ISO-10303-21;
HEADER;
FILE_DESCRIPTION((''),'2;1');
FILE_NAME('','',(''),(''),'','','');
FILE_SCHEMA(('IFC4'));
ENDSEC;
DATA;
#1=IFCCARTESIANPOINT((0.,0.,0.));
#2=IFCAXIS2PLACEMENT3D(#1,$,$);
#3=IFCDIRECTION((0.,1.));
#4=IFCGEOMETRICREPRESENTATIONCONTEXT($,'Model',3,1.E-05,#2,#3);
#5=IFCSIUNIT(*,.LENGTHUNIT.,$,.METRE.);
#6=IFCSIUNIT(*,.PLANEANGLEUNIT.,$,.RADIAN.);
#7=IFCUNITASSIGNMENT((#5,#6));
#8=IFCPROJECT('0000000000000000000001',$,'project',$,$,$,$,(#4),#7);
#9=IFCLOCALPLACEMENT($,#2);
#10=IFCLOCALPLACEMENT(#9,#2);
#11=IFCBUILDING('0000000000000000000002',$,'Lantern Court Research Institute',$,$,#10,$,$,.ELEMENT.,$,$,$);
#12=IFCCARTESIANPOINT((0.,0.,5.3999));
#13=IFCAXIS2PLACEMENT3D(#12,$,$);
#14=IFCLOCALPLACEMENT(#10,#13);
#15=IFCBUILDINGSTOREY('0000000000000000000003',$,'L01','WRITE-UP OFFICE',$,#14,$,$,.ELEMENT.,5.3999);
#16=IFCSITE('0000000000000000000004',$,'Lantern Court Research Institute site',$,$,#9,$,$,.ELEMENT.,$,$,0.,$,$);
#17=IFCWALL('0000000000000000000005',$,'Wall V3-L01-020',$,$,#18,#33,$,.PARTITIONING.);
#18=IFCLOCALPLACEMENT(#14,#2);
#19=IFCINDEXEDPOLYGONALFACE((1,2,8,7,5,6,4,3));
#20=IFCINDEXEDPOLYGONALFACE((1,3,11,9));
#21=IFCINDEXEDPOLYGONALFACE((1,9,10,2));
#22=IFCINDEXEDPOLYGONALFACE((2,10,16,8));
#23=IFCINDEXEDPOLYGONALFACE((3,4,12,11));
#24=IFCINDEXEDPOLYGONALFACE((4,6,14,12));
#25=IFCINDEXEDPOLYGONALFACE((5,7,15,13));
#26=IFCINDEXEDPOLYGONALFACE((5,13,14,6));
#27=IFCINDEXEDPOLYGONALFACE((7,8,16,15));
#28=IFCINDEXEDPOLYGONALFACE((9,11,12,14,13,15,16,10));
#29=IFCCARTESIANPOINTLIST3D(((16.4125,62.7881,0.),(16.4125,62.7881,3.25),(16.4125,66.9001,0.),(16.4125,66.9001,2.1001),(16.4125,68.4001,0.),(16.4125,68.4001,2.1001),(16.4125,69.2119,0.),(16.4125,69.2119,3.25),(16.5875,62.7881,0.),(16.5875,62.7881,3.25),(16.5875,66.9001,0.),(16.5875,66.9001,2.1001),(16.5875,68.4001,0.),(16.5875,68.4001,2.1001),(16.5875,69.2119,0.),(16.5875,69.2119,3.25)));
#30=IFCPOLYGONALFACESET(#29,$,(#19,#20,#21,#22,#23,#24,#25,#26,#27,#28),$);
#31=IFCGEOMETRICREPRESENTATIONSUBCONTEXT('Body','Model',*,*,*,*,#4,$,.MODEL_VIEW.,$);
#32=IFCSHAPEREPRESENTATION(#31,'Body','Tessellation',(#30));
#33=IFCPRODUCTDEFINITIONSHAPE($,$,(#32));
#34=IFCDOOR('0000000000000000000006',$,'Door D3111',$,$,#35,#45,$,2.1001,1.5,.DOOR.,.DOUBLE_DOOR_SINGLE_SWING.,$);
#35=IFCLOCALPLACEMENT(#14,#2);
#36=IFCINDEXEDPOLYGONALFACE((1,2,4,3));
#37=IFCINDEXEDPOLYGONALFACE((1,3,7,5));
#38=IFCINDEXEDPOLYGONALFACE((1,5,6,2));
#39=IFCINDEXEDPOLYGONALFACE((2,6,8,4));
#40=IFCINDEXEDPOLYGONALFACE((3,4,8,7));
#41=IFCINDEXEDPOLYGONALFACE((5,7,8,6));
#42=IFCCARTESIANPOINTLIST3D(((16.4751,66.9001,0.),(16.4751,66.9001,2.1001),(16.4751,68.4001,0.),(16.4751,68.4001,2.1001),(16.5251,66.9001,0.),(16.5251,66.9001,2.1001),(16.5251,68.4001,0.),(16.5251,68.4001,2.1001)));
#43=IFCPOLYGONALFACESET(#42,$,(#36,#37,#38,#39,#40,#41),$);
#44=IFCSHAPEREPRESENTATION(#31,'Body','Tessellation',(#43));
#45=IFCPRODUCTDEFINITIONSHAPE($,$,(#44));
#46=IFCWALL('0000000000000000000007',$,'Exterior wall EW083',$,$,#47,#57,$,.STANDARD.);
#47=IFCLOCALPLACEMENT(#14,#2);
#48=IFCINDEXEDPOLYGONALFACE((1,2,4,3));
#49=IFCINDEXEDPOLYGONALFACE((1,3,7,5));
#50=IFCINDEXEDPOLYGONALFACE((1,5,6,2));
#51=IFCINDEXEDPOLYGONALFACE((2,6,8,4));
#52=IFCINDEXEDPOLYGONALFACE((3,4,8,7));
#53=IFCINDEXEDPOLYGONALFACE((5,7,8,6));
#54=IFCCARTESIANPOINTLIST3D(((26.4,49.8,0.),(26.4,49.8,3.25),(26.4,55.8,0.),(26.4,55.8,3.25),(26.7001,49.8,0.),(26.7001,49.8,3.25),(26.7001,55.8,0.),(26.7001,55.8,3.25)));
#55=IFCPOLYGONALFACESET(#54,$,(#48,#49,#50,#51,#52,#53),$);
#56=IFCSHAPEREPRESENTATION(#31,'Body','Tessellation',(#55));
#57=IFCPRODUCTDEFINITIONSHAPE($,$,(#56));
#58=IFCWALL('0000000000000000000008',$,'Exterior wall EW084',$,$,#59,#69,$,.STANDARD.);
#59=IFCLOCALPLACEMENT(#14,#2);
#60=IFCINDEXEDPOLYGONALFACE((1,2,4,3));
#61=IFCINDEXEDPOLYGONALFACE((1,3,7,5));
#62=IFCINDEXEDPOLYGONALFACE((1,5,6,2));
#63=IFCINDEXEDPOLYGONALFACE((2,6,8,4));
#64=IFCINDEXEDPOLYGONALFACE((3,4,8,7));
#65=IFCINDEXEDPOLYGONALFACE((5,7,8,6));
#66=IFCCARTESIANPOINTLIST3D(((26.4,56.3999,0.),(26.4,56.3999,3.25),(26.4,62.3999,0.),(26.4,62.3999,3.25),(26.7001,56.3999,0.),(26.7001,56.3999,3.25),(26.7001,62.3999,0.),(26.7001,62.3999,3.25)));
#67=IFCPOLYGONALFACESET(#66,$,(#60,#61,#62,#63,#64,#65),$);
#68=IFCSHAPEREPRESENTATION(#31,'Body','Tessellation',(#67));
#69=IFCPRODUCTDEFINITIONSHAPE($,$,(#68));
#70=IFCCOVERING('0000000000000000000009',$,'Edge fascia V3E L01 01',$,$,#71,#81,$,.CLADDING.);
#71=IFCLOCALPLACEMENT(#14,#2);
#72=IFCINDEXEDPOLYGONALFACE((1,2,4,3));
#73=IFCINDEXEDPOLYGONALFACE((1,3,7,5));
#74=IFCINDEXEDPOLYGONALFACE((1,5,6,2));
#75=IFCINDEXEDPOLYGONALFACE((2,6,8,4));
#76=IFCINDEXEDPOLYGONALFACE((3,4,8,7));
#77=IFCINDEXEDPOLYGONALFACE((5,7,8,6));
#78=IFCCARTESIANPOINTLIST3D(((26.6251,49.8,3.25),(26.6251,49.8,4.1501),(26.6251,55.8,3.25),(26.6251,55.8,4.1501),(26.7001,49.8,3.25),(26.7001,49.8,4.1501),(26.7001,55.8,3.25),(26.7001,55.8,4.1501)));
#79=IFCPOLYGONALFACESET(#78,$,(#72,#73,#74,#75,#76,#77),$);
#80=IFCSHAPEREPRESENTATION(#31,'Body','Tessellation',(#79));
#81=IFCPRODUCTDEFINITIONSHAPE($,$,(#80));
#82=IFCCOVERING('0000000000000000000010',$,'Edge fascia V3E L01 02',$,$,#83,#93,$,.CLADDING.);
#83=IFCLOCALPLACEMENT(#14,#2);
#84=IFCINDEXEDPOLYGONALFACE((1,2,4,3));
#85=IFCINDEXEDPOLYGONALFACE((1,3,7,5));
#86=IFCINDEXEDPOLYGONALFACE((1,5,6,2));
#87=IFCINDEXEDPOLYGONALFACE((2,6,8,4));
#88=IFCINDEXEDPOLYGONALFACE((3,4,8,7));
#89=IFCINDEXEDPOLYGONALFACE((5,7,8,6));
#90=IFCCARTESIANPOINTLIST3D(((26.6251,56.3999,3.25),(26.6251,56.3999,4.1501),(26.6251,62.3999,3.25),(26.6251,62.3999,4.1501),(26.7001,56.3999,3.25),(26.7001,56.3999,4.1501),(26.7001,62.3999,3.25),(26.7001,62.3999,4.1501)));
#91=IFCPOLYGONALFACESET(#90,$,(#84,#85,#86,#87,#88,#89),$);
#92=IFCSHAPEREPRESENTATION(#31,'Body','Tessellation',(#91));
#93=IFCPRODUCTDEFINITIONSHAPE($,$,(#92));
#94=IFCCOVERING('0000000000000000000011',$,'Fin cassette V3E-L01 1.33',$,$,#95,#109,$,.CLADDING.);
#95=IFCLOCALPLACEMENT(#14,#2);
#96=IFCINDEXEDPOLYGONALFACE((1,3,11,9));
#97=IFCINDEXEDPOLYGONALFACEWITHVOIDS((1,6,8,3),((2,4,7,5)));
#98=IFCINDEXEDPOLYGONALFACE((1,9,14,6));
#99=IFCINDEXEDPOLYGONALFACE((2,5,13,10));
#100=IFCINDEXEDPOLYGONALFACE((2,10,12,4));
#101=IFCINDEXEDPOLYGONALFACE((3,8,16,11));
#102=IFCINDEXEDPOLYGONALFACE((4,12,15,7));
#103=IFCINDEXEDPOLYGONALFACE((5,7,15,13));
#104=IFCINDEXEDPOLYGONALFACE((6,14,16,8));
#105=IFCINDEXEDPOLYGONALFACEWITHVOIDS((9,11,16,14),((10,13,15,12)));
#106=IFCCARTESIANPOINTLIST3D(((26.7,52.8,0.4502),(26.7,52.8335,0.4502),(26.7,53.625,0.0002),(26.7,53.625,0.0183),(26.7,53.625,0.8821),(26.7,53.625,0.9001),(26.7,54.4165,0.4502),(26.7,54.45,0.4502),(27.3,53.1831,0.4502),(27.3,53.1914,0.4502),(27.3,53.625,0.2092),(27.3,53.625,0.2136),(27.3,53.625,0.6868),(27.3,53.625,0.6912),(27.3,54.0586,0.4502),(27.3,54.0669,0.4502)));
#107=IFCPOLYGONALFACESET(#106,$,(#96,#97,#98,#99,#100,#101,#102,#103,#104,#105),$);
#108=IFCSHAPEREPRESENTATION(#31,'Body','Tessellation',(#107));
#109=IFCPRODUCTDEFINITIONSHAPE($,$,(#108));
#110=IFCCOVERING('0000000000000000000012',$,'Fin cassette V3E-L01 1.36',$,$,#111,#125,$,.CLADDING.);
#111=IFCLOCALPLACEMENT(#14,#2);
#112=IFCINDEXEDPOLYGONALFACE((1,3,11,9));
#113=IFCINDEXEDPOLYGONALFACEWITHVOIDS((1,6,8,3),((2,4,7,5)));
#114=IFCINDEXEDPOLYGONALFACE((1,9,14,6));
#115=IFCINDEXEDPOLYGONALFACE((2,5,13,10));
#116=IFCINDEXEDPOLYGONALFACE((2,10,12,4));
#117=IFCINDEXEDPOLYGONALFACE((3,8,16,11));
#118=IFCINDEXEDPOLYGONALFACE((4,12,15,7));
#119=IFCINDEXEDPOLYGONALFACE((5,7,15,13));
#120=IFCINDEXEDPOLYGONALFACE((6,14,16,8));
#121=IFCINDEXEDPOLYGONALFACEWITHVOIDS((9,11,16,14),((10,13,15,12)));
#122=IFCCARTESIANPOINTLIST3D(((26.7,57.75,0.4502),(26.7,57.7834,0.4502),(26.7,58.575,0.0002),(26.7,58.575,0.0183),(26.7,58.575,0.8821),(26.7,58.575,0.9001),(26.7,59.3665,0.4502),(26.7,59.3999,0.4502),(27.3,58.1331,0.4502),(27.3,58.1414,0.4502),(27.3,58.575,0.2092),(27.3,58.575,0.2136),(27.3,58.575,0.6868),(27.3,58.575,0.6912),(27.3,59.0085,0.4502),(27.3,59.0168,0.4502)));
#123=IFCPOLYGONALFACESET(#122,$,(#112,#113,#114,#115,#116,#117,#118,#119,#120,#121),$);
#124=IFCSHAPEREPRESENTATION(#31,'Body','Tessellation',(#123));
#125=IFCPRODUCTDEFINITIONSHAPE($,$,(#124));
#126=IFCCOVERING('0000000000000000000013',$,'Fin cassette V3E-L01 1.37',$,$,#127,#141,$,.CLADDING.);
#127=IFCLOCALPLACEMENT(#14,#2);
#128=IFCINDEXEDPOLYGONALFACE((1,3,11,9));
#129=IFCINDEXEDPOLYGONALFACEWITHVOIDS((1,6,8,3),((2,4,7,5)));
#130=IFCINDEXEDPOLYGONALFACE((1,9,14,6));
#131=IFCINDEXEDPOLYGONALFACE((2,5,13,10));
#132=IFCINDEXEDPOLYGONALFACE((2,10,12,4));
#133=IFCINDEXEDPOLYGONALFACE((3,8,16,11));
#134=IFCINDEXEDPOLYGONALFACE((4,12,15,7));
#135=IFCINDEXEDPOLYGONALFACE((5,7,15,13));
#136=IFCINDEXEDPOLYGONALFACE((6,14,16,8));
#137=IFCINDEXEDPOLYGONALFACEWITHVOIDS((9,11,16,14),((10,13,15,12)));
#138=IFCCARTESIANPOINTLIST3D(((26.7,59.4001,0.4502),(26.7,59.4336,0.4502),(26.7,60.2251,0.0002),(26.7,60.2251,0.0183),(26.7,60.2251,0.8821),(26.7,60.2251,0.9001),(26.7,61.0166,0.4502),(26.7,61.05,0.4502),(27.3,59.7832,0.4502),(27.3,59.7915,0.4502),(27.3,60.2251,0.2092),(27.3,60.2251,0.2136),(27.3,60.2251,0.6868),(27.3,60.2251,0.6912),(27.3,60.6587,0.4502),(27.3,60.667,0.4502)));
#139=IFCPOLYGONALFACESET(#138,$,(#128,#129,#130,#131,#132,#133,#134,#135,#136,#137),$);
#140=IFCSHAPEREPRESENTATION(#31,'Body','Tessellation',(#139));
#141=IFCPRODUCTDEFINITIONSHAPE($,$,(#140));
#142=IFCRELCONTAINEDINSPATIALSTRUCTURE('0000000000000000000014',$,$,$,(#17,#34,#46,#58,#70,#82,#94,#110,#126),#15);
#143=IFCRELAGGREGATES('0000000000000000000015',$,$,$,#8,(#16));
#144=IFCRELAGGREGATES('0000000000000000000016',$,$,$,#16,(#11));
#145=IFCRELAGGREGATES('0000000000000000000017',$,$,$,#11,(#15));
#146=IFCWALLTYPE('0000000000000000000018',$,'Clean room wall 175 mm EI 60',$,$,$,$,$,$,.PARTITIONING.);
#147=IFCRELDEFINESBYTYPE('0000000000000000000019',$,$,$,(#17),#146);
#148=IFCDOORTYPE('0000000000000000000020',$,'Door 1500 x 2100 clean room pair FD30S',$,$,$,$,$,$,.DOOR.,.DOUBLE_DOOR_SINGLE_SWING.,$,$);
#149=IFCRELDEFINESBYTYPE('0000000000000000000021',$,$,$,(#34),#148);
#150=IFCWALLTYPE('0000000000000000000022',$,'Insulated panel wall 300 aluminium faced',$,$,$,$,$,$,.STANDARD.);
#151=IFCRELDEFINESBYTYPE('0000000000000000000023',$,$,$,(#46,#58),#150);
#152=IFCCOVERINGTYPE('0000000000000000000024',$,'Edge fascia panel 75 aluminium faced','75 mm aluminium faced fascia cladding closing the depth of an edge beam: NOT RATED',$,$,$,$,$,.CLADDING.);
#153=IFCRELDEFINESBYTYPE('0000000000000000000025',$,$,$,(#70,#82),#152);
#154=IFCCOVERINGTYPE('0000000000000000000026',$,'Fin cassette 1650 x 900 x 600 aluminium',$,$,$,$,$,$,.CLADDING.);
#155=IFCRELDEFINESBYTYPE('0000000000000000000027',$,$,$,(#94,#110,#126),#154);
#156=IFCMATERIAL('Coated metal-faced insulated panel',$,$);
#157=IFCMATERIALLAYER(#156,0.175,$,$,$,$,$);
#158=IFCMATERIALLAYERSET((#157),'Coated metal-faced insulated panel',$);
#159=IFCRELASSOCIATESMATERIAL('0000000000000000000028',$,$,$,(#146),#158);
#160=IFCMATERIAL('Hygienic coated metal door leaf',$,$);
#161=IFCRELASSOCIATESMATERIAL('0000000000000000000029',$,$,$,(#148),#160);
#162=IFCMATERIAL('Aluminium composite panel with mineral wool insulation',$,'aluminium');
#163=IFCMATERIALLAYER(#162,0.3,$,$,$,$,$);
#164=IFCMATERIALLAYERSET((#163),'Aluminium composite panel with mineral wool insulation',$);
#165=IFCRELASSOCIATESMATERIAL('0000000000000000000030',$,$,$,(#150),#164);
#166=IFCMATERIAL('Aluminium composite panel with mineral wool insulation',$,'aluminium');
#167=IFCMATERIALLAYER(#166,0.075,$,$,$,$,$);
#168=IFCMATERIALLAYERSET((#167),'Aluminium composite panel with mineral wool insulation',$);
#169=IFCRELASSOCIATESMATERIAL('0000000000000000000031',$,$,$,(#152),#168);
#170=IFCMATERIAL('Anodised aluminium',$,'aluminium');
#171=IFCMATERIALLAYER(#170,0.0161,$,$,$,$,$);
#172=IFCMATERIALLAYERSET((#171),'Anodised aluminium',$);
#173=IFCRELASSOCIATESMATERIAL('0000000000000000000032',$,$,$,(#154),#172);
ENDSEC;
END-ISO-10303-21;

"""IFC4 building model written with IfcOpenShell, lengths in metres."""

from ifc_helpers import new_model, entity, si_unit, direction, frame, frame_2d, origin, place, context, subcontext, project, spatial, rectangle, extrude, material, layer, layer_set, type_object, element, fill, save


model = new_model("IFC4")

# Units and contexts
model_context = context("Model", 3, precision=1e-05, world=origin(), true_north=direction((0.0, 1.0)))
body_context = subcontext(model_context, "Body", "Model", "MODEL_VIEW")
ifc_project = project(units=[si_unit("LENGTHUNIT", "METRE"), si_unit("PLANEANGLEUNIT", "RADIAN")], contexts=[model_context])

# Site, building, storey
site_placement = place(None, origin())
site = spatial("IfcSite", under=ifc_project, at=site_placement, Name="Lantern Court Research Institute site", CompositionType="ELEMENT", RefElevation=0.0)
building_placement = place(site_placement, origin())
building = spatial("IfcBuilding", under=site, at=building_placement, Name="Lantern Court Research Institute", CompositionType="ELEMENT")
storey_placement = place(building_placement, frame((0.0, 0.0, 5.3999)))
storey = spatial("IfcBuildingStorey", under=building, at=storey_placement, Name="L01", Description="WRITE-UP OFFICE", CompositionType="ELEMENT", Elevation=5.3999)

# Shared definitions
ifc_material_1 = material(Name="Coated metal-faced insulated panel")
ifc_layer_1 = layer(ifc_material_1, 0.175)
ifc_layer_set_1 = layer_set([ifc_layer_1], Name="Coated metal-faced insulated panel")
wall_type_1 = type_object("IfcWallType", Name="Clean room wall 175 mm EI 60", PredefinedType="PARTITIONING", material=ifc_layer_set_1)

# Wall, opening, door
wall_1_placement = place(storey_placement, frame((16.5, 62.7881, 0.0), z_axis=(0.0, 0.0, 1.0), x_axis=(0.0, 1.0, 0.0)))
wall_1 = element("IfcWall", 1, at=wall_1_placement, inside=storey, type_object=wall_type_1, Name="Wall V3-L01-020", PredefinedType="PARTITIONING", context=body_context, shape_type="SweptSolid", body=[
    extrude(rectangle(XDim=6.4238, YDim=0.175, at=frame_2d((3.2119, 0.0))), origin(), (0.0, 0.0, 1.0), 3.25),
])
opening_1_placement = place(wall_1_placement, frame((4.1121, 0.0, 0.0)))
opening_1 = element("IfcOpeningElement", 2, at=opening_1_placement, cuts=wall_1, PredefinedType="OPENING", context=body_context, shape_type="SweptSolid", body=[
    extrude(rectangle(XDim=1.5, YDim=2.1001, at=frame_2d((0.75, 1.05))), frame((0.0, 0.0974, 0.0), z_axis=(0.0, -1.0, 0.0), x_axis=(1.0, 0.0, 0.0)), (0.0, 0.0, 1.0), 0.1951),
])
ifc_material_2 = material(Name="Hygienic coated metal door leaf")
door_type_1 = type_object("IfcDoorType", Name="Door 1500 x 2100 clean room pair FD30S", OperationType="DOUBLE_DOOR_SINGLE_SWING", PredefinedType="DOOR", material=ifc_material_2)
door_1_placement = place(opening_1_placement, origin())
door_1 = element("IfcDoor", 3, at=door_1_placement, inside=storey, type_object=door_type_1, Name="Door D3111", OperationType="DOUBLE_DOOR_SINGLE_SWING", OverallHeight=2.1001, OverallWidth=1.5, PredefinedType="DOOR", context=body_context, shape_type="SweptSolid", body=[
    extrude(rectangle(XDim=1.5, YDim=2.1001, at=frame_2d((0.75, 1.05))), frame((0.0, 0.0249, 0.0), z_axis=(0.0, -1.0, 0.0), x_axis=(1.0, 0.0, 0.0)), (0.0, 0.0, 1.0), 0.05),
])
fill(opening_1, door_1)

# Walls
ifc_material_3 = material(Name="Aluminium composite panel with mineral wool insulation", Category="aluminium")
ifc_layer_2 = layer(ifc_material_3, 0.3)
ifc_layer_set_2 = layer_set([ifc_layer_2], Name="Aluminium composite panel with mineral wool insulation")
wall_type_2 = type_object("IfcWallType", Name="Insulated panel wall 300 aluminium faced", PredefinedType="STANDARD", material=ifc_layer_set_2)
for number, where, z_axis, x_axis, name in (
    (4, (26.55, 55.8, 0.0), (0.0, 0.0, 1.0), (0.0, -1.0, 0.0), "Exterior wall EW083"),
    (5, (26.55, 62.3999, 0.0), (0.0, 0.0, 1.0), (0.0, -1.0, 0.0), "Exterior wall EW084"),
):
    element("IfcWall", number, at=place(storey_placement, frame(where, z_axis=z_axis, x_axis=x_axis)), inside=storey, type_object=wall_type_2, Name=name, PredefinedType="STANDARD", context=body_context, shape_type="SweptSolid", body=[
        extrude(rectangle(XDim=6.0, YDim=0.3, at=frame_2d((3.0, 0.0))), origin(), (0.0, 0.0, 1.0), 3.25),
    ])

# Coverings
ifc_material_4 = material(Name="Aluminium composite panel with mineral wool insulation", Category="aluminium")
ifc_layer_3 = layer(ifc_material_4, 0.075)
ifc_layer_set_3 = layer_set([ifc_layer_3], Name="Aluminium composite panel with mineral wool insulation")
covering_type_1 = type_object("IfcCoveringType", Name="Edge fascia panel 75 aluminium faced", Description="75 mm aluminium faced fascia cladding closing the depth of an edge beam: NOT RATED", PredefinedType="CLADDING", material=ifc_layer_set_3)
for number, where, z_axis, x_axis, name in (
    (6, (26.6626, 55.8, 3.25), (0.0, 0.0, 1.0), (0.0, -1.0, 0.0), "Edge fascia V3E L01 01"),
    (7, (26.6626, 62.3999, 3.25), (0.0, 0.0, 1.0), (0.0, -1.0, 0.0), "Edge fascia V3E L01 02"),
):
    element("IfcCovering", number, at=place(storey_placement, frame(where, z_axis=z_axis, x_axis=x_axis)), inside=storey, type_object=covering_type_1, Name=name, PredefinedType="CLADDING", context=body_context, shape_type="SweptSolid", body=[
        extrude(rectangle(XDim=6.0, YDim=0.075, at=frame_2d((3.0, 0.0))), origin(), (0.0, 0.0, 1.0), 0.9001),
    ])
ifc_material_5 = material(Name="Anodised aluminium", Category="aluminium")
ifc_layer_4 = layer(ifc_material_5, 0.0161)
ifc_layer_set_4 = layer_set([ifc_layer_4], Name="Anodised aluminium")
covering_type_2 = type_object("IfcCoveringType", Name="Fin cassette 1650 x 900 x 600 aluminium", PredefinedType="CLADDING", material=ifc_layer_set_4)
covering_1_placement = place(storey_placement, frame((26.7, 53.625, 0.4502), z_axis=(1.0, 0.0, 0.0), x_axis=(0.0, 1.0, 0.0)))
cartesian_point_1 = entity("IfcCartesianPoint", [0.825, 0.0])
cartesian_point_2 = entity("IfcCartesianPoint", [0.7915, 0.0])
cartesian_point_3 = entity("IfcCartesianPoint", [0.4419, 0.0])
cartesian_point_4 = entity("IfcCartesianPoint", [0.4336, 0.0])
element("IfcCovering", 8, at=covering_1_placement, inside=storey, type_object=covering_type_2, Name="Fin cassette V3E-L01 1.33", PredefinedType="CLADDING", context=body_context, shape_type="SweptSolid", body=[
    entity("IfcExtrudedAreaSolidTapered", entity("IfcArbitraryProfileDefWithVoids", "AREA", None, entity("IfcPolyline", [cartesian_point_1, entity("IfcCartesianPoint", [0.0, 0.45]), entity("IfcCartesianPoint", [-0.825, 0.0]), entity("IfcCartesianPoint", [0.0, -0.45]), cartesian_point_1]), [entity("IfcPolyline", [cartesian_point_2, entity("IfcCartesianPoint", [0.0, 0.4319]), entity("IfcCartesianPoint", [-0.7915, 0.0]), entity("IfcCartesianPoint", [0.0, -0.4319]), cartesian_point_2])]), entity("IfcAxis2Placement3D", entity("IfcCartesianPoint", [0.0, 0.0, 0.0])), entity("IfcDirection", [0.0, 0.0, 1.0]), 0.6001, entity("IfcArbitraryProfileDefWithVoids", "AREA", None, entity("IfcPolyline", [cartesian_point_3, entity("IfcCartesianPoint", [0.0, 0.241]), entity("IfcCartesianPoint", [-0.4419, 0.0]), entity("IfcCartesianPoint", [0.0, -0.241]), cartesian_point_3]), [entity("IfcPolyline", [cartesian_point_4, entity("IfcCartesianPoint", [0.0, 0.2366]), entity("IfcCartesianPoint", [-0.4336, 0.0]), entity("IfcCartesianPoint", [0.0, -0.2366]), cartesian_point_4])])),
])
covering_2_placement = place(storey_placement, frame((26.7, 58.575, 0.4502), z_axis=(1.0, 0.0, 0.0), x_axis=(0.0, 1.0, 0.0)))
cartesian_point_5 = entity("IfcCartesianPoint", [0.825, 0.0])
cartesian_point_6 = entity("IfcCartesianPoint", [0.7915, 0.0])
cartesian_point_7 = entity("IfcCartesianPoint", [0.4419, 0.0])
cartesian_point_8 = entity("IfcCartesianPoint", [0.4336, 0.0])
element("IfcCovering", 9, at=covering_2_placement, inside=storey, type_object=covering_type_2, Name="Fin cassette V3E-L01 1.36", PredefinedType="CLADDING", context=body_context, shape_type="SweptSolid", body=[
    entity("IfcExtrudedAreaSolidTapered", entity("IfcArbitraryProfileDefWithVoids", "AREA", None, entity("IfcPolyline", [cartesian_point_5, entity("IfcCartesianPoint", [0.0, 0.45]), entity("IfcCartesianPoint", [-0.825, 0.0]), entity("IfcCartesianPoint", [0.0, -0.45]), cartesian_point_5]), [entity("IfcPolyline", [cartesian_point_6, entity("IfcCartesianPoint", [0.0, 0.4319]), entity("IfcCartesianPoint", [-0.7915, 0.0]), entity("IfcCartesianPoint", [0.0, -0.4319]), cartesian_point_6])]), entity("IfcAxis2Placement3D", entity("IfcCartesianPoint", [0.0, 0.0, 0.0])), entity("IfcDirection", [0.0, 0.0, 1.0]), 0.6001, entity("IfcArbitraryProfileDefWithVoids", "AREA", None, entity("IfcPolyline", [cartesian_point_7, entity("IfcCartesianPoint", [0.0, 0.241]), entity("IfcCartesianPoint", [-0.4419, 0.0]), entity("IfcCartesianPoint", [0.0, -0.241]), cartesian_point_7]), [entity("IfcPolyline", [cartesian_point_8, entity("IfcCartesianPoint", [0.0, 0.2366]), entity("IfcCartesianPoint", [-0.4336, 0.0]), entity("IfcCartesianPoint", [0.0, -0.2366]), cartesian_point_8])])),
])
covering_3_placement = place(storey_placement, frame((26.7, 60.2251, 0.4502), z_axis=(1.0, 0.0, 0.0), x_axis=(0.0, 1.0, 0.0)))
cartesian_point_9 = entity("IfcCartesianPoint", [0.825, 0.0])
cartesian_point_10 = entity("IfcCartesianPoint", [0.7915, 0.0])
cartesian_point_11 = entity("IfcCartesianPoint", [0.4419, 0.0])
cartesian_point_12 = entity("IfcCartesianPoint", [0.4336, 0.0])
element("IfcCovering", 10, at=covering_3_placement, inside=storey, type_object=covering_type_2, Name="Fin cassette V3E-L01 1.37", PredefinedType="CLADDING", context=body_context, shape_type="SweptSolid", body=[
    entity("IfcExtrudedAreaSolidTapered", entity("IfcArbitraryProfileDefWithVoids", "AREA", None, entity("IfcPolyline", [cartesian_point_9, entity("IfcCartesianPoint", [0.0, 0.45]), entity("IfcCartesianPoint", [-0.825, 0.0]), entity("IfcCartesianPoint", [0.0, -0.45]), cartesian_point_9]), [entity("IfcPolyline", [cartesian_point_10, entity("IfcCartesianPoint", [0.0, 0.4319]), entity("IfcCartesianPoint", [-0.7915, 0.0]), entity("IfcCartesianPoint", [0.0, -0.4319]), cartesian_point_10])]), entity("IfcAxis2Placement3D", entity("IfcCartesianPoint", [0.0, 0.0, 0.0])), entity("IfcDirection", [0.0, 0.0, 1.0]), 0.6001, entity("IfcArbitraryProfileDefWithVoids", "AREA", None, entity("IfcPolyline", [cartesian_point_11, entity("IfcCartesianPoint", [0.0, 0.241]), entity("IfcCartesianPoint", [-0.4419, 0.0]), entity("IfcCartesianPoint", [0.0, -0.241]), cartesian_point_11]), [entity("IfcPolyline", [cartesian_point_12, entity("IfcCartesianPoint", [0.0, 0.2366]), entity("IfcCartesianPoint", [-0.4336, 0.0]), entity("IfcCartesianPoint", [0.0, -0.2366]), cartesian_point_12])])),
])

save(model, "model.ifc")
